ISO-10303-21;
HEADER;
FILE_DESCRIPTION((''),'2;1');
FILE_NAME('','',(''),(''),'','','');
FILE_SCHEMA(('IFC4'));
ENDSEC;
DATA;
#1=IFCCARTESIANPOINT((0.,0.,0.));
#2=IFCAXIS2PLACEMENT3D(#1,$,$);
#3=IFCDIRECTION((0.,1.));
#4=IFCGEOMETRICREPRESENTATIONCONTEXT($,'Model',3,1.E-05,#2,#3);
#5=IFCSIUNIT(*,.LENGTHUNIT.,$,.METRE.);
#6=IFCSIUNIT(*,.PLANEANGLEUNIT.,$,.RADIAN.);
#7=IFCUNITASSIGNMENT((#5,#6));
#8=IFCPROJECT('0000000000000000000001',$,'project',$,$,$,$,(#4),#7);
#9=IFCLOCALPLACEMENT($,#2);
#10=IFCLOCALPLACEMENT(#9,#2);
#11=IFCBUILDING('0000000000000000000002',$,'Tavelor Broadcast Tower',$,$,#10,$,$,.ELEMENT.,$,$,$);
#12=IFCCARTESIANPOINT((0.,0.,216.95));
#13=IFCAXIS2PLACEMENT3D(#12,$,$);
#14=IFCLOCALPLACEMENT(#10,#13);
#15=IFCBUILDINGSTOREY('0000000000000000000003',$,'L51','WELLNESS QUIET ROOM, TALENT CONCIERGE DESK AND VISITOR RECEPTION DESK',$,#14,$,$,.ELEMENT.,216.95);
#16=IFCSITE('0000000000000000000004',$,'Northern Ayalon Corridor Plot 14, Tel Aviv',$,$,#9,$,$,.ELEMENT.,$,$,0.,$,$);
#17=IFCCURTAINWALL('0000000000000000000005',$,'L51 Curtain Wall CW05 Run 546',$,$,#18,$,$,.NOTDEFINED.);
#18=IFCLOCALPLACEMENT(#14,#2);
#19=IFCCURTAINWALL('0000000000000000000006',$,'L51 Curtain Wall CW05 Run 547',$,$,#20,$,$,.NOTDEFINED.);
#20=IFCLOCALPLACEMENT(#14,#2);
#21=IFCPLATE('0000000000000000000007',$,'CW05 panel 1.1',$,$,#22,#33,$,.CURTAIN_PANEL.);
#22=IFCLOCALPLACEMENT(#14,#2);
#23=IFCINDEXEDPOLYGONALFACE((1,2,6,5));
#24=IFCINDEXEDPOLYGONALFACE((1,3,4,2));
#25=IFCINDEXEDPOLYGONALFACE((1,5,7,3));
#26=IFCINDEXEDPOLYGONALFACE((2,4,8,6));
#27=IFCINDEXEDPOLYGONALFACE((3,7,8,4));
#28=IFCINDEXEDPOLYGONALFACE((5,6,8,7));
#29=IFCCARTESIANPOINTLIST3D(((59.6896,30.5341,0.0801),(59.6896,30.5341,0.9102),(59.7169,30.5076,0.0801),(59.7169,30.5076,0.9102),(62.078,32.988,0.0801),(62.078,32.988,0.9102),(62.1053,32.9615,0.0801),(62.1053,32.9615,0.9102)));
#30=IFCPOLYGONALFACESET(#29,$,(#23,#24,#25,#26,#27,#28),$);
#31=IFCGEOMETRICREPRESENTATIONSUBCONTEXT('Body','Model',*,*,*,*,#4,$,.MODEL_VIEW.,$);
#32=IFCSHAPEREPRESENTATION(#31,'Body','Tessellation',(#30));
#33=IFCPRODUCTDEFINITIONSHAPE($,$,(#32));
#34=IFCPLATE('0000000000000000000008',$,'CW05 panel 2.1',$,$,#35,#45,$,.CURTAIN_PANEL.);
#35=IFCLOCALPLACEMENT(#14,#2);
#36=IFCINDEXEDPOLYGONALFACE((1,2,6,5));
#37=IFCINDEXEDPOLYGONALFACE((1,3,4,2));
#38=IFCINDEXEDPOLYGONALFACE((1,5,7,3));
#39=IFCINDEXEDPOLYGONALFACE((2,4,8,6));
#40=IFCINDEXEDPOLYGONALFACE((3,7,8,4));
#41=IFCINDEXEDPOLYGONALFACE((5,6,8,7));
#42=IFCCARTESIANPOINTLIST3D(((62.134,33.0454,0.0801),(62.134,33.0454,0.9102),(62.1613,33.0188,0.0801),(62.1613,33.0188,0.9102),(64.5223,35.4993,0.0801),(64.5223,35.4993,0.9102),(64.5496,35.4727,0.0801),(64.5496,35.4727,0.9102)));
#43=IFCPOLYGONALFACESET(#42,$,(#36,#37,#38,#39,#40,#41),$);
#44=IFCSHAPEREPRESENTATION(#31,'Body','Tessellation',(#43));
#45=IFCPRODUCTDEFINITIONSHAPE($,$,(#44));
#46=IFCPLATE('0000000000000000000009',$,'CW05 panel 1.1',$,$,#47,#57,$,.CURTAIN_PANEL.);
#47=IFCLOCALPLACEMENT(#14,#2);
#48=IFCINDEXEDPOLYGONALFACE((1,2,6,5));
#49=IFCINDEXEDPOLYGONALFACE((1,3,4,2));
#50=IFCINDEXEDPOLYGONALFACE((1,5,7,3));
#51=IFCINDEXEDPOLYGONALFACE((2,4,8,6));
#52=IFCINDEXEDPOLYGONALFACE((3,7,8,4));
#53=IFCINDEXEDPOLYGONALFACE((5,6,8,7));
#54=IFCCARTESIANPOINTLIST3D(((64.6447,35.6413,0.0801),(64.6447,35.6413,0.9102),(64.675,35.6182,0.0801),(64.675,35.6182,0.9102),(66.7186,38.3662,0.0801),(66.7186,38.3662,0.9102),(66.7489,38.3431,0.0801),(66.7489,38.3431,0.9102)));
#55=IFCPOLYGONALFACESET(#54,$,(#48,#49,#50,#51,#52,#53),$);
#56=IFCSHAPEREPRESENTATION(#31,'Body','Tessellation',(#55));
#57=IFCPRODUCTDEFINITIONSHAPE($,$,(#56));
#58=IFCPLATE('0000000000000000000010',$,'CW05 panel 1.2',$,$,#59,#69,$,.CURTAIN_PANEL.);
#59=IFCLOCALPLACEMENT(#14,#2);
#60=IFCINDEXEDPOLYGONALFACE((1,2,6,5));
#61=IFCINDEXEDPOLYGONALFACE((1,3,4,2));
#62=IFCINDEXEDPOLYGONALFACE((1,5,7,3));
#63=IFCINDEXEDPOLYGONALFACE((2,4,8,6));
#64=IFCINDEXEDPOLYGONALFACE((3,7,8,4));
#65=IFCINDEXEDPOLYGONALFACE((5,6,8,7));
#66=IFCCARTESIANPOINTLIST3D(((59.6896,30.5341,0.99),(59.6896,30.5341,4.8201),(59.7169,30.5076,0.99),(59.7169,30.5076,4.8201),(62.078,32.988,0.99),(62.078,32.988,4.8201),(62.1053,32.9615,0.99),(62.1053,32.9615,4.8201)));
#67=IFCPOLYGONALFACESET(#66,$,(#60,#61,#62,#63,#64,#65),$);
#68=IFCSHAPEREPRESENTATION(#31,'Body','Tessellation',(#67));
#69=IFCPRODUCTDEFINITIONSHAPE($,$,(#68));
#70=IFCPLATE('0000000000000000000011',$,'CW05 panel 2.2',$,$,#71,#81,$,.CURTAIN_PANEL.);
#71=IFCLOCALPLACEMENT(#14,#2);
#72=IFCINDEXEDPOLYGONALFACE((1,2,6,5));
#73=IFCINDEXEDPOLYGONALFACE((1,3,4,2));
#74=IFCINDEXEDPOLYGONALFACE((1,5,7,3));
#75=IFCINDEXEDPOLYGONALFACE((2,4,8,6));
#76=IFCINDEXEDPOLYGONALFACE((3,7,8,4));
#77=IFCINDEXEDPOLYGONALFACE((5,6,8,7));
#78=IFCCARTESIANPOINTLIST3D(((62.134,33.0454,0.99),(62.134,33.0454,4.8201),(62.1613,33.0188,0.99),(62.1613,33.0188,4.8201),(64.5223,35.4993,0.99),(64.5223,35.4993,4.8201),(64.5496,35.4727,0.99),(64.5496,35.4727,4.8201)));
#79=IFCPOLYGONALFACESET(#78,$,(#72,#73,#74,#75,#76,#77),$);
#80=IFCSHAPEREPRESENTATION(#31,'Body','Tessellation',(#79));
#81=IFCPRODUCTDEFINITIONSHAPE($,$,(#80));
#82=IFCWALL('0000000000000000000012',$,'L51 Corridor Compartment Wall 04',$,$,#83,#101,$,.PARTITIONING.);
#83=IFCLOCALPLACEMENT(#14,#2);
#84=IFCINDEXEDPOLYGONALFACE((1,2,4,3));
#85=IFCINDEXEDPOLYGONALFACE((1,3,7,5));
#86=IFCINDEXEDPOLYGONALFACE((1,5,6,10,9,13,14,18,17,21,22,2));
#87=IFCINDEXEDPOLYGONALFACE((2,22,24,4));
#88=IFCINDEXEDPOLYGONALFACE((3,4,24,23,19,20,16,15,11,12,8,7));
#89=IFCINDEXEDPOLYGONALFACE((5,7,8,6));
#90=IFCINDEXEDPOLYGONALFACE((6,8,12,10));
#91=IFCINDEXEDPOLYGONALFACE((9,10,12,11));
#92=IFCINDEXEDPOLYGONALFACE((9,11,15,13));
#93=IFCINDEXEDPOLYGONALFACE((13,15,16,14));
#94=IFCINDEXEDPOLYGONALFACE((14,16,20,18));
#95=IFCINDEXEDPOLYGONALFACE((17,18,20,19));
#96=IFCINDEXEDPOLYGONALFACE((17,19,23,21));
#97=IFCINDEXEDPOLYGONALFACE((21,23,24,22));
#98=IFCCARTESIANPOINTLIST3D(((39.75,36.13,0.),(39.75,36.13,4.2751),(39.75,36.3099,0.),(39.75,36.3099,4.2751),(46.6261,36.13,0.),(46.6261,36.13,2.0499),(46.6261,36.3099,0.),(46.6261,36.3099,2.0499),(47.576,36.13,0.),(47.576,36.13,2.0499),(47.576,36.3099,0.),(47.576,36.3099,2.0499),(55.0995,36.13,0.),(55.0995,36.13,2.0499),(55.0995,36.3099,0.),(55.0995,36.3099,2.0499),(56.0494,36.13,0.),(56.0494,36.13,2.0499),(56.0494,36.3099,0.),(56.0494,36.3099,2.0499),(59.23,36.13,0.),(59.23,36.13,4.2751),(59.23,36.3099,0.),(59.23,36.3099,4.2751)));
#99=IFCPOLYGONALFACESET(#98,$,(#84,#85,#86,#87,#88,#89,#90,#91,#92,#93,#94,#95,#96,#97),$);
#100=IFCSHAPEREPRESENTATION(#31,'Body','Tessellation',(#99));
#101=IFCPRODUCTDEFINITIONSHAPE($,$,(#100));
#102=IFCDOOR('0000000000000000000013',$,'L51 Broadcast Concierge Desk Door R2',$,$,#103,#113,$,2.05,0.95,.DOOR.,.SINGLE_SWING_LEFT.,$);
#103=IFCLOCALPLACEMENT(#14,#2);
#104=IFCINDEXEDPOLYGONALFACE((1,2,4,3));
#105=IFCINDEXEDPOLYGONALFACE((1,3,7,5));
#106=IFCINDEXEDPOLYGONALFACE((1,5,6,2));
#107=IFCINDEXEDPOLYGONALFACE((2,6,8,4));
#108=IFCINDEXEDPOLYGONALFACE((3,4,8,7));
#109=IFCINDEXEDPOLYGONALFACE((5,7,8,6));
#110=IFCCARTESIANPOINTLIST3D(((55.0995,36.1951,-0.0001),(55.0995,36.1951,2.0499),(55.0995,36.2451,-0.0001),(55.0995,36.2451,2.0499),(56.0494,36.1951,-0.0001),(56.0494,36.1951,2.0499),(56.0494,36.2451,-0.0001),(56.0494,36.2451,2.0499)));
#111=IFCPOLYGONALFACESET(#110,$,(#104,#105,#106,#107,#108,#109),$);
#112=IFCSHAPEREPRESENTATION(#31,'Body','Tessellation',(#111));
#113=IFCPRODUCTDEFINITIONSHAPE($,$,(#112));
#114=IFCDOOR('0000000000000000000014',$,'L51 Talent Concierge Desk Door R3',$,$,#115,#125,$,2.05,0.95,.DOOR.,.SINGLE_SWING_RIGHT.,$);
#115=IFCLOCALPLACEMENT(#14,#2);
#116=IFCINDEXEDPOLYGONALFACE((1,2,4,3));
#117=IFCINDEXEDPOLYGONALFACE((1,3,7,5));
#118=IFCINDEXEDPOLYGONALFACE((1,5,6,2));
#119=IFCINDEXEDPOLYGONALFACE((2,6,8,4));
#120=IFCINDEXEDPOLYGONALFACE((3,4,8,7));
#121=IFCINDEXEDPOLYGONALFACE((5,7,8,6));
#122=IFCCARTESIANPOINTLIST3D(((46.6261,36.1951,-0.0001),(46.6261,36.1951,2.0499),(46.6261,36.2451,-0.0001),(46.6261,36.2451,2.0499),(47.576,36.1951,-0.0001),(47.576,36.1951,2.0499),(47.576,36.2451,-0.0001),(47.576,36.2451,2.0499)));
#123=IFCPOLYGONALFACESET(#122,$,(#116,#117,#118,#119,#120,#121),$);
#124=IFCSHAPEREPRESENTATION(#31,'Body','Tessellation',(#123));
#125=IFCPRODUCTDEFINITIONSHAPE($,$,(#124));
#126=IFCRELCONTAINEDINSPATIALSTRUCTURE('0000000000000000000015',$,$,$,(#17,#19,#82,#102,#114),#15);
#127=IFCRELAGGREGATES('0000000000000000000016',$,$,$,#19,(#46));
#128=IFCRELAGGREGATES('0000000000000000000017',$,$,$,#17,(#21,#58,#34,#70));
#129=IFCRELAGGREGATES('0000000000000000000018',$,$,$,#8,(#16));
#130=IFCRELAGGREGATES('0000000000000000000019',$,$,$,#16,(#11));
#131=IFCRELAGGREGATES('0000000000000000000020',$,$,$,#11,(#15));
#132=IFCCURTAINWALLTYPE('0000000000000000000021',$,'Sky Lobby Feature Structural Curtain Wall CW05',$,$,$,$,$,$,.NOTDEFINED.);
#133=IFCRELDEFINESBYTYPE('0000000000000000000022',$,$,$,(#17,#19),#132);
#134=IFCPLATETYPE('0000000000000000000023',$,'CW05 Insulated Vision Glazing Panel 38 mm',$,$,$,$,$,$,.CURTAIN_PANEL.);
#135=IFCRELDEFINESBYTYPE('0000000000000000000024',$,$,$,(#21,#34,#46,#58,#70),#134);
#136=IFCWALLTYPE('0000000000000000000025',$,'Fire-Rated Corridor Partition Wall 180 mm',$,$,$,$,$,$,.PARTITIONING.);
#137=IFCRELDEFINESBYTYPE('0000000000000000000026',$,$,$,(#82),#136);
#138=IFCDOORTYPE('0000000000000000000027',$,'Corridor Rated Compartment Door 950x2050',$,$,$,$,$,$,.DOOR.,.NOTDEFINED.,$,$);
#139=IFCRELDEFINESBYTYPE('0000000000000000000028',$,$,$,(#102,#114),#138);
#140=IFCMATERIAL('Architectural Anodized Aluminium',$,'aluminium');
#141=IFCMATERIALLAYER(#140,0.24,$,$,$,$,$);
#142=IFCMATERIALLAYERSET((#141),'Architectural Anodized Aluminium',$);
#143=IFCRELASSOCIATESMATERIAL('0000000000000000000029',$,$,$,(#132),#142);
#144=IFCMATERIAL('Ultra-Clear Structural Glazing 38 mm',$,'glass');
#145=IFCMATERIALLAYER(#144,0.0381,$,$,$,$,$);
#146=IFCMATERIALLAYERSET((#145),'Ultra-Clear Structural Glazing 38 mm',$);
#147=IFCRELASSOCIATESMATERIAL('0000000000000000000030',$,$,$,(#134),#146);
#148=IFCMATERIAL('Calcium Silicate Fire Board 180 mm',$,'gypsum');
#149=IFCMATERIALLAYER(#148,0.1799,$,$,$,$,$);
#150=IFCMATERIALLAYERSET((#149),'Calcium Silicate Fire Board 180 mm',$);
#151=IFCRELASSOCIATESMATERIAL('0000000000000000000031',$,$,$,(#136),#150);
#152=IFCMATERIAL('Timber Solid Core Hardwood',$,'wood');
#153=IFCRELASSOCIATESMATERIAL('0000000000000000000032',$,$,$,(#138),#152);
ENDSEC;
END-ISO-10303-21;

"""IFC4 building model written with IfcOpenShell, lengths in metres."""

from ifc_helpers import new_model, si_unit, direction, frame, frame_2d, origin, origin_2d, place, context, subcontext, project, spatial, rectangle, extrude, source, transform, mapped, material, layer, layer_set, type_object, element, fill, aggregate, save


model = new_model("IFC4")

# Units and contexts
model_context = context("Model", 3, precision=1e-05, world=origin(), true_north=direction((0.0, 1.0)))
body_context = subcontext(model_context, "Body", "Model", "MODEL_VIEW")
ifc_project = project(units=[si_unit("LENGTHUNIT", "METRE"), si_unit("PLANEANGLEUNIT", "RADIAN")], contexts=[model_context])

# Site, building, storey
site_placement = place(None, origin())
site = spatial("IfcSite", under=ifc_project, at=site_placement, Name="Northern Ayalon Corridor Plot 14, Tel Aviv", CompositionType="ELEMENT", RefElevation=0.0)
building_placement = place(site_placement, origin())
building = spatial("IfcBuilding", under=site, at=building_placement, Name="Tavelor Broadcast Tower", CompositionType="ELEMENT")
storey_placement = place(building_placement, frame((0.0, 0.0, 216.95)))
storey = spatial("IfcBuildingStorey", under=building, at=storey_placement, Name="L51", Description="WELLNESS QUIET ROOM, TALENT CONCIERGE DESK AND VISITOR RECEPTION DESK", CompositionType="ELEMENT", Elevation=216.95)

# Shared definitions
ifc_material_1 = material(Name="Architectural Anodized Aluminium", Category="aluminium")
ifc_layer_1 = layer(ifc_material_1, 0.24)
ifc_layer_set_1 = layer_set([ifc_layer_1], Name="Architectural Anodized Aluminium")
curtain_wall_type = type_object("IfcCurtainWallType", Name="Sky Lobby Feature Structural Curtain Wall CW05", PredefinedType="NOTDEFINED", material=ifc_layer_set_1)

# Curtain wall
curtain_wall_1_placement = place(storey_placement, origin())
curtain_wall_1 = element("IfcCurtainWall", 1, at=curtain_wall_1_placement, inside=storey, type_object=curtain_wall_type, Name="L51 Curtain Wall CW05 Run 546", PredefinedType="NOTDEFINED")

# Curtain wall
curtain_wall_2_placement = place(storey_placement, origin())
curtain_wall_2 = element("IfcCurtainWall", 2, at=curtain_wall_2_placement, inside=storey, type_object=curtain_wall_type, Name="L51 Curtain Wall CW05 Run 547", PredefinedType="NOTDEFINED")

# Plates
ifc_material_2 = material(Name="Ultra-Clear Structural Glazing 38 mm", Category="glass")
ifc_layer_2 = layer(ifc_material_2, 0.0381)
ifc_layer_set_2 = layer_set([ifc_layer_2], Name="Ultra-Clear Structural Glazing 38 mm")
plate_type_1 = type_object("IfcPlateType", Name="CW05 Insulated Vision Glazing Panel 38 mm", PredefinedType="CURTAIN_PANEL", material=ifc_layer_set_2)
shared_shape_1 = source(origin(), body_context, "Body", "SweptSolid", [
    extrude(rectangle(XDim=3.4243, YDim=0.0381, at=origin_2d()), origin(), (0.0, 0.0, 1.0), 0.8301),
])
plate_1_placement = place(storey_placement, frame((60.8975, 31.7478, 0.0801), z_axis=(0.0, 0.0, 1.0), x_axis=(0.697478, 0.716606, 0.0)))
plate_1 = element("IfcPlate", 3, at=plate_1_placement, type_object=plate_type_1, Name="CW05 panel 1.1", PredefinedType="CURTAIN_PANEL", context=body_context, shape_type="MappedRepresentation", body=[
    mapped(shared_shape_1, transform((0.0, 0.0, 0.0), scale=1.0)),
])
plate_2_placement = place(storey_placement, frame((63.3418, 34.259, 0.0801), z_axis=(0.0, 0.0, 1.0), x_axis=(0.697478, 0.716606, 0.0)))
plate_2 = element("IfcPlate", 4, at=plate_2_placement, type_object=plate_type_1, Name="CW05 panel 2.1", PredefinedType="CURTAIN_PANEL", context=body_context, shape_type="MappedRepresentation", body=[
    mapped(shared_shape_1, transform((0.0, 0.0, 0.0), scale=1.0)),
])
plate_3_placement = place(storey_placement, frame((65.6968, 36.9922, 0.0801), z_axis=(0.0, 0.0, 1.0), x_axis=(0.60563, 0.795746, 0.0)))
plate_3 = element("IfcPlate", 5, at=plate_3_placement, type_object=plate_type_1, Name="CW05 panel 1.1", PredefinedType="CURTAIN_PANEL", context=body_context, shape_type="MappedRepresentation", body=[
    mapped(shared_shape_1, transform((0.0, 0.0, 0.0), scale=1.0)),
])
aggregate(curtain_wall_2, [plate_3])
shared_shape_2 = source(origin(), body_context, "Body", "SweptSolid", [
    extrude(rectangle(XDim=3.4243, YDim=0.0381, at=origin_2d()), origin(), (0.0, 0.0, 1.0), 3.8301),
])
plate_4_placement = place(storey_placement, frame((60.8975, 31.7478, 0.99), z_axis=(0.0, 0.0, 1.0), x_axis=(0.697478, 0.716606, 0.0)))
plate_4 = element("IfcPlate", 6, at=plate_4_placement, type_object=plate_type_1, Name="CW05 panel 1.2", PredefinedType="CURTAIN_PANEL", context=body_context, shape_type="MappedRepresentation", body=[
    mapped(shared_shape_2, transform((0.0, 0.0, 0.0), scale=1.0)),
])
plate_5_placement = place(storey_placement, frame((63.3418, 34.259, 0.99), z_axis=(0.0, 0.0, 1.0), x_axis=(0.697478, 0.716606, 0.0)))
plate_5 = element("IfcPlate", 7, at=plate_5_placement, type_object=plate_type_1, Name="CW05 panel 2.2", PredefinedType="CURTAIN_PANEL", context=body_context, shape_type="MappedRepresentation", body=[
    mapped(shared_shape_2, transform((0.0, 0.0, 0.0), scale=1.0)),
])
aggregate(curtain_wall_1, [plate_1, plate_4, plate_2, plate_5])

# Wall, openings, doors
ifc_material_3 = material(Name="Calcium Silicate Fire Board 180 mm", Category="gypsum")
ifc_layer_3 = layer(ifc_material_3, 0.1799)
ifc_layer_set_3 = layer_set([ifc_layer_3], Name="Calcium Silicate Fire Board 180 mm")
wall_type = type_object("IfcWallType", Name="Fire-Rated Corridor Partition Wall 180 mm", PredefinedType="PARTITIONING", material=ifc_layer_set_3)
wall_placement = place(storey_placement, frame((59.23, 36.22, 0.0), z_axis=(0.0, 0.0, 1.0), x_axis=(-1.0, 0.0, 0.0)))
wall = element("IfcWall", 8, at=wall_placement, inside=storey, type_object=wall_type, Name="L51 Corridor Compartment Wall 04", PredefinedType="PARTITIONING", context=body_context, shape_type="SweptSolid", body=[
    extrude(rectangle(XDim=19.48, YDim=0.1799, at=frame_2d((9.74, 0.0))), origin(), (0.0, 0.0, 1.0), 4.2751),
])
opening_1_placement = place(wall_placement, frame((3.1804, 0.0, 0.0)))
opening_1 = element("IfcOpeningElement", 9, at=opening_1_placement, cuts=wall, PredefinedType="OPENING", context=body_context, shape_type="SweptSolid", body=[
    extrude(rectangle(XDim=0.95, YDim=2.05, at=frame_2d((0.4751, 1.0249))), frame((0.0, 0.1001, 0.0), z_axis=(0.0, -1.0, 0.0), x_axis=(1.0, 0.0, 0.0)), (0.0, 0.0, 1.0), 0.2),
])
opening_2_placement = place(wall_placement, frame((11.6538, 0.0, 0.0)))
opening_2 = element("IfcOpeningElement", 10, at=opening_2_placement, cuts=wall, PredefinedType="OPENING", context=body_context, shape_type="SweptSolid", body=[
    extrude(rectangle(XDim=0.95, YDim=2.05, at=frame_2d((0.4751, 1.0249))), frame((0.0, 0.1001, 0.0), z_axis=(0.0, -1.0, 0.0), x_axis=(1.0, 0.0, 0.0)), (0.0, 0.0, 1.0), 0.2),
])
ifc_material_4 = material(Name="Timber Solid Core Hardwood", Category="wood")
door_type = type_object("IfcDoorType", Name="Corridor Rated Compartment Door 950x2050", OperationType="NOTDEFINED", PredefinedType="DOOR", material=ifc_material_4)
door_1_placement = place(opening_1_placement, origin())
door_1 = element("IfcDoor", 11, at=door_1_placement, inside=storey, type_object=door_type, Name="L51 Broadcast Concierge Desk Door R2", OperationType="SINGLE_SWING_LEFT", OverallHeight=2.05, OverallWidth=0.95, PredefinedType="DOOR", context=body_context, shape_type="SweptSolid", body=[
    extrude(rectangle(XDim=0.95, YDim=2.05, at=frame_2d((0.4751, 1.0249))), frame((0.0, 0.0249, 0.0), z_axis=(0.0, -1.0, 0.0), x_axis=(1.0, 0.0, 0.0)), (0.0, 0.0, 1.0), 0.05),
])
fill(opening_1, door_1)
door_2_placement = place(opening_2_placement, origin())
door_2 = element("IfcDoor", 12, at=door_2_placement, inside=storey, type_object=door_type, Name="L51 Talent Concierge Desk Door R3", OperationType="SINGLE_SWING_RIGHT", OverallHeight=2.05, OverallWidth=0.95, PredefinedType="DOOR", context=body_context, shape_type="SweptSolid", body=[
    extrude(rectangle(XDim=0.95, YDim=2.05, at=frame_2d((0.4751, 1.0249))), frame((0.0, 0.0249, 0.0), z_axis=(0.0, -1.0, 0.0), x_axis=(1.0, 0.0, 0.0)), (0.0, 0.0, 1.0), 0.05),
])
fill(opening_2, door_2)

save(model, "model.ifc")
